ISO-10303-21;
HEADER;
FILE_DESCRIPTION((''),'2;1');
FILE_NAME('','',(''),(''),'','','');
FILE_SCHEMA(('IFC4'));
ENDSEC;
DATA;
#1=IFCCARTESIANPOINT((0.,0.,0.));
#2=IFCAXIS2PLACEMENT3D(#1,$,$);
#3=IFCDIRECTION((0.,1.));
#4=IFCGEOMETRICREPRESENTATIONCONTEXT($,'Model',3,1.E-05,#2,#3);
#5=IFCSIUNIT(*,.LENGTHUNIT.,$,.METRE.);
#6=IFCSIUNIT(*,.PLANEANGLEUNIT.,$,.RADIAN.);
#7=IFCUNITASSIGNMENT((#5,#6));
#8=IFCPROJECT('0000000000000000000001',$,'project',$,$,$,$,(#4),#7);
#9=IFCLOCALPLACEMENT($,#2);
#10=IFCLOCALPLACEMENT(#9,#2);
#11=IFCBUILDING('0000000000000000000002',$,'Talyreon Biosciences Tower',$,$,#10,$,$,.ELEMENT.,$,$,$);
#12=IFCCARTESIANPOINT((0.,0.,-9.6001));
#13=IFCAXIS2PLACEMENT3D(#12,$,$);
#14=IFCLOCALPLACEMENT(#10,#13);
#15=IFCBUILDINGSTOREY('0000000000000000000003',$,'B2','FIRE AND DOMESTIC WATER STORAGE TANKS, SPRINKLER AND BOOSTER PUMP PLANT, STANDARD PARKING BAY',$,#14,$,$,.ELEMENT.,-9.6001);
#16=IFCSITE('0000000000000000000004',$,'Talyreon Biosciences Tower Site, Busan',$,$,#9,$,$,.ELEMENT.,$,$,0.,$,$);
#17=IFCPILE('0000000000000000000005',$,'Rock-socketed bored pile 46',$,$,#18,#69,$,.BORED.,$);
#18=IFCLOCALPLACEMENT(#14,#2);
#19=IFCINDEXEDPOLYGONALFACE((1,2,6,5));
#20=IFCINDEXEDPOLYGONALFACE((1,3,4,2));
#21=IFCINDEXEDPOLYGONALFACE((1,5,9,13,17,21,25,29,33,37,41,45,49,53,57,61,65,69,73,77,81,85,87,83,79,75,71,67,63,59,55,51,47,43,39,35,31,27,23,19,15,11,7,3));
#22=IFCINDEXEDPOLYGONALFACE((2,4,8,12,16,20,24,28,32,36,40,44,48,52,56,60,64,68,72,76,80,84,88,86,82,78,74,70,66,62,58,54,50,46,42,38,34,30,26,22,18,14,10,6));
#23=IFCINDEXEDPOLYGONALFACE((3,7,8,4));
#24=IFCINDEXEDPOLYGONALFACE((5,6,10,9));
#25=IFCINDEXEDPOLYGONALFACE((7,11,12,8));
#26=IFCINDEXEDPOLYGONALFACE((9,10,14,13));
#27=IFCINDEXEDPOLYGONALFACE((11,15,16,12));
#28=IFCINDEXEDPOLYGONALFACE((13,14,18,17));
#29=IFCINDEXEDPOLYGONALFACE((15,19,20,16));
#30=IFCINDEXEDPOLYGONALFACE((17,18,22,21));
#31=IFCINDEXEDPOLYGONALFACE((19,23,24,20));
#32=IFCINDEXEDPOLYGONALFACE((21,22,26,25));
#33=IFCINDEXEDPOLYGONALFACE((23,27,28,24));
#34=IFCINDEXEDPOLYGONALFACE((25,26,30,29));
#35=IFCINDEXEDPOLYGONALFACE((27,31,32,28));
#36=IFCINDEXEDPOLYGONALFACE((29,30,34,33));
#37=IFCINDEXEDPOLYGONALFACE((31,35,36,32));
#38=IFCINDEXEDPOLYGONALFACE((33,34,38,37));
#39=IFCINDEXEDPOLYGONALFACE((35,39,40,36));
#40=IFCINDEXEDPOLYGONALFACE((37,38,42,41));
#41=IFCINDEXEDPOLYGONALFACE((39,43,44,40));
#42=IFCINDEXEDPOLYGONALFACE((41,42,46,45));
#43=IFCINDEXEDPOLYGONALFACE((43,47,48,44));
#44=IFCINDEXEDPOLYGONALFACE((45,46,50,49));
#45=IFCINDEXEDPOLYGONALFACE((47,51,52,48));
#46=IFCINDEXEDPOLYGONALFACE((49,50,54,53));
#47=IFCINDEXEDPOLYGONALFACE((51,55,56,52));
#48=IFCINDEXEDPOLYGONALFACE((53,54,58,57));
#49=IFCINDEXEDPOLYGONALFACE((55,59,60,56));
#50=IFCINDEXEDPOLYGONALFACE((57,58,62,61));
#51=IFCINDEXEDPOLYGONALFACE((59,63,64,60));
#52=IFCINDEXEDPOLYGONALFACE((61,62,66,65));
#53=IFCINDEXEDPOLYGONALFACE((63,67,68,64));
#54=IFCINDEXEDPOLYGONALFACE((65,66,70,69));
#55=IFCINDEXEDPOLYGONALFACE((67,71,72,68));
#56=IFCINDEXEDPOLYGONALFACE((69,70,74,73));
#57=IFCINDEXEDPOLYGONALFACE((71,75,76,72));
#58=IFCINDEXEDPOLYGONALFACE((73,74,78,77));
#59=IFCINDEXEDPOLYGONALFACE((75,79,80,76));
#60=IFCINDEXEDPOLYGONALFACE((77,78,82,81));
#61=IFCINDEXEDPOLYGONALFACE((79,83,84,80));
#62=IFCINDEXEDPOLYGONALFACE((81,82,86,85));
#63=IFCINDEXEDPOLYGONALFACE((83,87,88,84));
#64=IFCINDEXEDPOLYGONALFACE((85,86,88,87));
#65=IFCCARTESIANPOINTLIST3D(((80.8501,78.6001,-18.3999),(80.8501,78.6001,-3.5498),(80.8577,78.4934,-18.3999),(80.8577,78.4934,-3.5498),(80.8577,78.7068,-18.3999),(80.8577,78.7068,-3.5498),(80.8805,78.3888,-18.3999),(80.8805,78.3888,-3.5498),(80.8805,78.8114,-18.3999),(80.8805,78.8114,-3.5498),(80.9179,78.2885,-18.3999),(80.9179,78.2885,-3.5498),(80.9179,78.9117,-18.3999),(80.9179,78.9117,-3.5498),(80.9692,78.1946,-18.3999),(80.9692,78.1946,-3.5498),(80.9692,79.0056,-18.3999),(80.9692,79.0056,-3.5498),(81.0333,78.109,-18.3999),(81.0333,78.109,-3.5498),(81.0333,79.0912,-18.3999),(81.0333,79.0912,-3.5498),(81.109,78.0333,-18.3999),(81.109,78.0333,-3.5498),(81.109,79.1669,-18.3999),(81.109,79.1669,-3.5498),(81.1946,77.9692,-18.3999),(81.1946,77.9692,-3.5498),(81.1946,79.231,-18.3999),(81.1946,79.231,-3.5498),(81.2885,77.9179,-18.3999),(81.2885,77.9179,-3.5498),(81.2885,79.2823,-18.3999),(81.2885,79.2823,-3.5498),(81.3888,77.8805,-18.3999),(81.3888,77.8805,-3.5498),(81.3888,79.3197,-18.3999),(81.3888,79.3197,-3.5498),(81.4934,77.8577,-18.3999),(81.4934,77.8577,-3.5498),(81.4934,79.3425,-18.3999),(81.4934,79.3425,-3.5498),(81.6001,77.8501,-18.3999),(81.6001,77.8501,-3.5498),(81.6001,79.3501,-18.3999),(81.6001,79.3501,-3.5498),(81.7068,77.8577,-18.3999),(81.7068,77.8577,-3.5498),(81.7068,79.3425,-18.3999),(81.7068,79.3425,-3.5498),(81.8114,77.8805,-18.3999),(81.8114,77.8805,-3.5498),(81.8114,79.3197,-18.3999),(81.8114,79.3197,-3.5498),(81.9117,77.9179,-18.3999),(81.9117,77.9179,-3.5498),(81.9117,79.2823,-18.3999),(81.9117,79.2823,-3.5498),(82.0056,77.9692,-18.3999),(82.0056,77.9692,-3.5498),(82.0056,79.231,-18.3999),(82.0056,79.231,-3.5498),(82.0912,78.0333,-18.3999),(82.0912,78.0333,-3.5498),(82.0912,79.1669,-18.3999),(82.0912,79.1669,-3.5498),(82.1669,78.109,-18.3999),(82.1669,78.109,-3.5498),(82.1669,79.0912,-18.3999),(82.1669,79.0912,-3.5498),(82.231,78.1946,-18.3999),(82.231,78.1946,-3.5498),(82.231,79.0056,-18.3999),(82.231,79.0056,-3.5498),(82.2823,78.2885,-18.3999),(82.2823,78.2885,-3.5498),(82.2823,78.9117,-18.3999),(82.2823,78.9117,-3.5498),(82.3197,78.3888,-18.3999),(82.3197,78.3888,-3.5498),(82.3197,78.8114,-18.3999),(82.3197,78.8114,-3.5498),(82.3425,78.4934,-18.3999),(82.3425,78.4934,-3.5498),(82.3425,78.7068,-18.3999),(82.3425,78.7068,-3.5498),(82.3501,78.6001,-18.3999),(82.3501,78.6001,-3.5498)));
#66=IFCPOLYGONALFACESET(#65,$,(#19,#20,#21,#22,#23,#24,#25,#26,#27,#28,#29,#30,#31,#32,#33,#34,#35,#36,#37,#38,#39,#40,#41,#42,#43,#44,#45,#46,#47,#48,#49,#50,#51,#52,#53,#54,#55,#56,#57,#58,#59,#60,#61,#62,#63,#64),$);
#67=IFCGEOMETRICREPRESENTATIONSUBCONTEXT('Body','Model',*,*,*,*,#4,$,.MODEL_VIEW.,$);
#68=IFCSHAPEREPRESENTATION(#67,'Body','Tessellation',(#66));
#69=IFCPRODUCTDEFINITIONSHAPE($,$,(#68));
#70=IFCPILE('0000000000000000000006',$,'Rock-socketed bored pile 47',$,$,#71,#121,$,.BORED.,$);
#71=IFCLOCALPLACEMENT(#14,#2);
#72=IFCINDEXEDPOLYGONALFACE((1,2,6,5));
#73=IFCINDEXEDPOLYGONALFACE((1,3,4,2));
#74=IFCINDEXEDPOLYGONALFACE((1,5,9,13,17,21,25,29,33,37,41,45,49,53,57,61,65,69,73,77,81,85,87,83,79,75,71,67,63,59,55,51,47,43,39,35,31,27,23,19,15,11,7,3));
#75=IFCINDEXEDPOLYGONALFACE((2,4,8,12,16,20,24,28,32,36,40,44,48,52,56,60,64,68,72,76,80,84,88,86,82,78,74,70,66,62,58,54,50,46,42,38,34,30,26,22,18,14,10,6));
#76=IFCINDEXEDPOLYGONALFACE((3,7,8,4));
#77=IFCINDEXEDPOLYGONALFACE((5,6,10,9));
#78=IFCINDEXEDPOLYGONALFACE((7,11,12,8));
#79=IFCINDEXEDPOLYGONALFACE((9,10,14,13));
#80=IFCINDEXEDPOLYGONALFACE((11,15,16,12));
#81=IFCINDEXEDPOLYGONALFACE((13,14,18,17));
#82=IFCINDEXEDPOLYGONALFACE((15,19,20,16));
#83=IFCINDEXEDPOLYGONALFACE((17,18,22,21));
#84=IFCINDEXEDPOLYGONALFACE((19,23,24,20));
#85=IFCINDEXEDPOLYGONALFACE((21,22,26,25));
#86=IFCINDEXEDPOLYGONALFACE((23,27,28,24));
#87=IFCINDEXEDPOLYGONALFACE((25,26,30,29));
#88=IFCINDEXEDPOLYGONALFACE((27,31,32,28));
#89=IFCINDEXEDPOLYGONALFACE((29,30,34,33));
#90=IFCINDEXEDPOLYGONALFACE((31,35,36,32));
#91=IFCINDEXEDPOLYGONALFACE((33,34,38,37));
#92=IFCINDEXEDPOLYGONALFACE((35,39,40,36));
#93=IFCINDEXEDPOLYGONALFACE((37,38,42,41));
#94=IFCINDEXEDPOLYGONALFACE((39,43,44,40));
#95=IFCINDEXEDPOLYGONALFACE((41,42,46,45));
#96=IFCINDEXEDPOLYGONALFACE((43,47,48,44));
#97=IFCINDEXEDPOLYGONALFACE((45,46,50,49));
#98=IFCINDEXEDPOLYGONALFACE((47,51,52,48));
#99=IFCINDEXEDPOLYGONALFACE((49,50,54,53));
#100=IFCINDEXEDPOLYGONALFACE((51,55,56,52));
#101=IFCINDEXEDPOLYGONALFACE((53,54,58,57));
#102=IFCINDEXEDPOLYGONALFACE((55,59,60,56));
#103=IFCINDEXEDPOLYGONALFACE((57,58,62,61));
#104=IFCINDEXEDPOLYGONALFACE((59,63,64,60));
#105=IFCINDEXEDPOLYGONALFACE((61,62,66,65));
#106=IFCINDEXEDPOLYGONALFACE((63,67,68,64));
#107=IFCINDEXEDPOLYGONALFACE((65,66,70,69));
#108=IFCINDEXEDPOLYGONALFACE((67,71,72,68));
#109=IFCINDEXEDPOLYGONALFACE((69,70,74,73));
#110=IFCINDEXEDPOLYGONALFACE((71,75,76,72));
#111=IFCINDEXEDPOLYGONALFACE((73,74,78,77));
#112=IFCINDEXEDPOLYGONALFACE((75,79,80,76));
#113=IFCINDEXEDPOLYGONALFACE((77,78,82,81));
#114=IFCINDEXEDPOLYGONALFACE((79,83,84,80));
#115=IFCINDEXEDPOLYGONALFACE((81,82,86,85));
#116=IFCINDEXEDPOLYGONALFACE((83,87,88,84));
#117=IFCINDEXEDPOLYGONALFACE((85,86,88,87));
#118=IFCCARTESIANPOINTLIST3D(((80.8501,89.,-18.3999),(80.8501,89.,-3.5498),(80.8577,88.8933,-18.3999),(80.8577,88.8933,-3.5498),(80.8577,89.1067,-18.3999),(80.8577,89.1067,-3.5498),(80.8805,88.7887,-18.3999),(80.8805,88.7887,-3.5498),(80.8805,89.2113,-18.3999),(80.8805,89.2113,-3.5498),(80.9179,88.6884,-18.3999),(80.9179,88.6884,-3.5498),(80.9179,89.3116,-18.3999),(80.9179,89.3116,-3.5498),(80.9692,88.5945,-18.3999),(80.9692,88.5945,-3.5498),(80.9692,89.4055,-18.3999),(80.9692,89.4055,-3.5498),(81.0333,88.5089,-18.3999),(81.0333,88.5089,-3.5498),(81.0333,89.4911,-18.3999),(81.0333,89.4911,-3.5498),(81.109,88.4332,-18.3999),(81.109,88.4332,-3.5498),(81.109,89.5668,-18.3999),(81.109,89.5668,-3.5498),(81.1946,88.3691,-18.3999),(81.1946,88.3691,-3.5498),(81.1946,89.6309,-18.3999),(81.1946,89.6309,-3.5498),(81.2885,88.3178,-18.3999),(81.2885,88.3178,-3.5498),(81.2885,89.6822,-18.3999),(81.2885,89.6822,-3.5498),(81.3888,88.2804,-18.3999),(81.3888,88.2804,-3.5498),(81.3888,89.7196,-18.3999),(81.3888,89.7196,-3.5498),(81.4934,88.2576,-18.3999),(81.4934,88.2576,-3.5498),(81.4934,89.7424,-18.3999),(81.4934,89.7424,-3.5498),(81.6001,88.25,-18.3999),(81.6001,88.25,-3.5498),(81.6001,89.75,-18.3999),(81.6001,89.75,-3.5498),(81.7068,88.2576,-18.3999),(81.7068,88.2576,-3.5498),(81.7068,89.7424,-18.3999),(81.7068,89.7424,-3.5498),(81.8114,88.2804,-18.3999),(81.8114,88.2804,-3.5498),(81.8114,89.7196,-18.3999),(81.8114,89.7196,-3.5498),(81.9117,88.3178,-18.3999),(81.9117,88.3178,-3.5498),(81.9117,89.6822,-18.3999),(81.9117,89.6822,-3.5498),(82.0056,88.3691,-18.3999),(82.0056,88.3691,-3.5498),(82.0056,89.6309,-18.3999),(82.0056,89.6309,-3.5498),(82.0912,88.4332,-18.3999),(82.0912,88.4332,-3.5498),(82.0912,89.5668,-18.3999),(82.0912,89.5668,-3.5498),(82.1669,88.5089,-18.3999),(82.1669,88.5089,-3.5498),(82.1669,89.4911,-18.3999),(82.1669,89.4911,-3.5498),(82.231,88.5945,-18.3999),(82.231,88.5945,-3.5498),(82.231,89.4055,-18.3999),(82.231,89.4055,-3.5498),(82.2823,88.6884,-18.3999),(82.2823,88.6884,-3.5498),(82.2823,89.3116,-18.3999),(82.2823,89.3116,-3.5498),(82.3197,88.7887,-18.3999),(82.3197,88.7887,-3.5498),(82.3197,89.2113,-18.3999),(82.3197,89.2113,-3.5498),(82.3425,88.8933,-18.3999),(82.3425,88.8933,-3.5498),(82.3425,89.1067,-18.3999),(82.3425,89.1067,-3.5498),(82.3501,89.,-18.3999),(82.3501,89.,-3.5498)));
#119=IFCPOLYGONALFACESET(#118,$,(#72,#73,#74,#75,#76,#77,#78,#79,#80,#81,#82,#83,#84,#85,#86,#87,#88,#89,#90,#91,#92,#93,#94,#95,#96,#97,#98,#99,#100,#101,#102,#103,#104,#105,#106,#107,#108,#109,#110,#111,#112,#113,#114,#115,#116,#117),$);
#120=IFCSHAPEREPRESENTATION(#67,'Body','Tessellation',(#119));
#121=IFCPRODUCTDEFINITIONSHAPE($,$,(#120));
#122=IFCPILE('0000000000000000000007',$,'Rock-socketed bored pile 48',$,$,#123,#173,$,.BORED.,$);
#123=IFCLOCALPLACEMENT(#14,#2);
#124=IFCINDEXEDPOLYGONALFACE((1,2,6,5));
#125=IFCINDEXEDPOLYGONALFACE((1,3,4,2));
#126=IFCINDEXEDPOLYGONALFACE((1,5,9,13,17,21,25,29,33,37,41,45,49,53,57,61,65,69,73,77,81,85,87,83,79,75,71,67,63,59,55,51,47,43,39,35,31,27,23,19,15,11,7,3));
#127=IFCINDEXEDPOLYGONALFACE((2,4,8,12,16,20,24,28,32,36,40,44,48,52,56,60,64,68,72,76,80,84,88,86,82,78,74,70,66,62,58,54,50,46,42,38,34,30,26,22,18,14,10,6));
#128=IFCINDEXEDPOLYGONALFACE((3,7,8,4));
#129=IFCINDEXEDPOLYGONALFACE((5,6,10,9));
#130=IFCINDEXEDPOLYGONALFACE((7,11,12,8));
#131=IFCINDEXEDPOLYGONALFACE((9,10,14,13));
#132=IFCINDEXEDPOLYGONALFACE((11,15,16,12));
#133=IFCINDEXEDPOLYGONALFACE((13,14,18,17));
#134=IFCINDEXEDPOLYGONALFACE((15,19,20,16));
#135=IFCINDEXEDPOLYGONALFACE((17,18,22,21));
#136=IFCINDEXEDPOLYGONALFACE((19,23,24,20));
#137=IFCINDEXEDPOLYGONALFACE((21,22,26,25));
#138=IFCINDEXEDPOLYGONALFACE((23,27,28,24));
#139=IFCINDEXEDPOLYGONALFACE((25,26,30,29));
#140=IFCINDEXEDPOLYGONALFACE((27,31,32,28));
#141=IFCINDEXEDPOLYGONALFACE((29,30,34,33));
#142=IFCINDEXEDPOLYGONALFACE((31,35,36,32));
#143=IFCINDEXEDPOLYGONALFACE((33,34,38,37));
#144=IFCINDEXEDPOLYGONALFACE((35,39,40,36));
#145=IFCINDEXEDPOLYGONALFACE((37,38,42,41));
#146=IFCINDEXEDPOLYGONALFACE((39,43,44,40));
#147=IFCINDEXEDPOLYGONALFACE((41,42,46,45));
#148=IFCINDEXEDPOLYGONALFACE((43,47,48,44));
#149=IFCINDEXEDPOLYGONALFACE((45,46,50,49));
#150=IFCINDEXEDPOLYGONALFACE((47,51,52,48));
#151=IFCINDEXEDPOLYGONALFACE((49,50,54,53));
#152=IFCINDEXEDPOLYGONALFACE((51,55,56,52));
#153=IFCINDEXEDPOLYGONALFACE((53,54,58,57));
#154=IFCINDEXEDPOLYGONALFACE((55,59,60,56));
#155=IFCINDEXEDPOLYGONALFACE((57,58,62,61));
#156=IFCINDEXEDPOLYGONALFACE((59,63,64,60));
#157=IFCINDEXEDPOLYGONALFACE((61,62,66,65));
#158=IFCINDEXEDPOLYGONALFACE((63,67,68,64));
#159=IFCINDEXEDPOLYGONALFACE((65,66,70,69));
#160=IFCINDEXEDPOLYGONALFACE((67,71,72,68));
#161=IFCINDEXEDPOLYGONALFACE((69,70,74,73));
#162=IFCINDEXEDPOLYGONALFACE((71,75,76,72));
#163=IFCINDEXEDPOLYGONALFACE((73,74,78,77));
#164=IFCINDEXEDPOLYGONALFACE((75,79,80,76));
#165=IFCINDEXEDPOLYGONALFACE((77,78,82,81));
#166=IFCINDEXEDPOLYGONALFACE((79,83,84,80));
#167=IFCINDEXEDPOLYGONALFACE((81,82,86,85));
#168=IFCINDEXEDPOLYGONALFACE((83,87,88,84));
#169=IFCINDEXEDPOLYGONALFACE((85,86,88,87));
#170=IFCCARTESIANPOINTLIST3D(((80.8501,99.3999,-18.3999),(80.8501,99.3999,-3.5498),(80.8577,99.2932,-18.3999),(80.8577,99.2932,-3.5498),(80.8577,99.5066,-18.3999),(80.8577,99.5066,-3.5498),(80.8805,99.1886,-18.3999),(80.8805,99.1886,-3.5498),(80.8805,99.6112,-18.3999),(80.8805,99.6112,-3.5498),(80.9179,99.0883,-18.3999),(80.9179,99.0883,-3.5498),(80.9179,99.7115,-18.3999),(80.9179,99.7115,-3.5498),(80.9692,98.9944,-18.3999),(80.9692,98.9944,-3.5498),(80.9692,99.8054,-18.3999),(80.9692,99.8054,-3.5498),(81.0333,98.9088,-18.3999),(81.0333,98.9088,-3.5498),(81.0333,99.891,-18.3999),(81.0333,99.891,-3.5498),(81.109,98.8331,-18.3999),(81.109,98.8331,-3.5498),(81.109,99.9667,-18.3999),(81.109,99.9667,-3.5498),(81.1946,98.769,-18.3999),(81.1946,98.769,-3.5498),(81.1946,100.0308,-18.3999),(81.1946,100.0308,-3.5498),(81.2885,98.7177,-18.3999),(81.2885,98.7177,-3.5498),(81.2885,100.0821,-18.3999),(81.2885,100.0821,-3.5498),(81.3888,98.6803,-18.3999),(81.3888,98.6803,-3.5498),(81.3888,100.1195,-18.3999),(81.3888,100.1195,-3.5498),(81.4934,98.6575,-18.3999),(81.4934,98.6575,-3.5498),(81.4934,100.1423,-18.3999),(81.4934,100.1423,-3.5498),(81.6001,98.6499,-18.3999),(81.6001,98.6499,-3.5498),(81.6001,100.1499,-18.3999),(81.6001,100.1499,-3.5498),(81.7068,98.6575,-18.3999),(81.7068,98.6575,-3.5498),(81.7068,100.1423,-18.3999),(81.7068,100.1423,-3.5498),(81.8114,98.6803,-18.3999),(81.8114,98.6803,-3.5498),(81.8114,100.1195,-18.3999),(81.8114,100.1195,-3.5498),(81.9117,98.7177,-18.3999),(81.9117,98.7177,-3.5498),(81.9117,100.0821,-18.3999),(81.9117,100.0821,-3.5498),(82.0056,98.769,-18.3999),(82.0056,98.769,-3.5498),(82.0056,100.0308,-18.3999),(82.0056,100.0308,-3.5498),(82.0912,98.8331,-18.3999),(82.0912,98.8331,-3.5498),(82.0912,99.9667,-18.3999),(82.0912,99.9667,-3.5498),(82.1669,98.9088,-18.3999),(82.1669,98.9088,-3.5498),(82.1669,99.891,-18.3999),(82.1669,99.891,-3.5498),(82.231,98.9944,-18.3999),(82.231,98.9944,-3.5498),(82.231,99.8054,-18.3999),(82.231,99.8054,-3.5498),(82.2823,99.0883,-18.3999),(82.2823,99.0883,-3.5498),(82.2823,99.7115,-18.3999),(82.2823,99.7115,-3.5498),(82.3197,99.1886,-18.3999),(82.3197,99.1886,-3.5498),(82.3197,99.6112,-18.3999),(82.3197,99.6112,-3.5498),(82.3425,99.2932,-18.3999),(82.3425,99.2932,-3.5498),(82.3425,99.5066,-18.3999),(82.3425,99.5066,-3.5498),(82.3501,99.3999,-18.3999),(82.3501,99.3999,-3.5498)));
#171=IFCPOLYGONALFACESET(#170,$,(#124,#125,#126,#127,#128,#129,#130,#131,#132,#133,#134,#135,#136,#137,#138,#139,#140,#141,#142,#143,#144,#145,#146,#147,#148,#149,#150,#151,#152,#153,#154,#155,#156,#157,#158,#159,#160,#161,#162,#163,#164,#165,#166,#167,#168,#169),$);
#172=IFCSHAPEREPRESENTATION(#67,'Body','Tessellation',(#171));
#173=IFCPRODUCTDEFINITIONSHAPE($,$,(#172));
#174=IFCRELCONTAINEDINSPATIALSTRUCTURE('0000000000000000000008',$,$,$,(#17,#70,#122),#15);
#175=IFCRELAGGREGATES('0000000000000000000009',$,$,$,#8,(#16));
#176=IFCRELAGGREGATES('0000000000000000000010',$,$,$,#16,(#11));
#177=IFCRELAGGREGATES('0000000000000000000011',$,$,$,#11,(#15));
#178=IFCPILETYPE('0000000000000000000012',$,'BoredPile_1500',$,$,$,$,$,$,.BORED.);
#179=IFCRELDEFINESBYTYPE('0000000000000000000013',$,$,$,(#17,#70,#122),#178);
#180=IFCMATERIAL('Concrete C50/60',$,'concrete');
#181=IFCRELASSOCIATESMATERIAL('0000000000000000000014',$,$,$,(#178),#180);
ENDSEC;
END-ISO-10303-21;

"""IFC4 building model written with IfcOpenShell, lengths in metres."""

from ifc_helpers import new_model, si_unit, direction, frame, origin, origin_2d, place, context, subcontext, project, spatial, circle, extrude, material, material_profile, profile_set, type_object, element, save


model = new_model("IFC4")

# Units and contexts
model_context = context("Model", 3, precision=1e-05, world=origin(), true_north=direction((0.0, 1.0)))
body_context = subcontext(model_context, "Body", "Model", "MODEL_VIEW")
ifc_project = project(units=[si_unit("LENGTHUNIT", "METRE"), si_unit("PLANEANGLEUNIT", "RADIAN")], contexts=[model_context])

# Site, building, storey
site_placement = place(None, origin())
site = spatial("IfcSite", under=ifc_project, at=site_placement, Name="Talyreon Biosciences Tower Site, Busan", CompositionType="ELEMENT", RefElevation=0.0)
building_placement = place(site_placement, origin())
building = spatial("IfcBuilding", under=site, at=building_placement, Name="Talyreon Biosciences Tower", CompositionType="ELEMENT")
storey_placement = place(building_placement, frame((0.0, 0.0, -9.6001)))
storey = spatial("IfcBuildingStorey", under=building, at=storey_placement, Name="B2", Description="FIRE AND DOMESTIC WATER STORAGE TANKS, SPRINKLER AND BOOSTER PUMP PLANT, STANDARD PARKING BAY", CompositionType="ELEMENT", Elevation=-9.6001)

# Piles
ifc_material_1 = material(Name="Concrete C50/60", Category="concrete")
ifc_material_profile_1 = material_profile(ifc_material_1, circle(Radius=0.75, at=origin_2d()), Name="PILE D1500")
ifc_profile_set_1 = profile_set([ifc_material_profile_1], Name="Concrete C50/60")
pile_type_1 = type_object("IfcPileType", Name="BoredPile_1500", PredefinedType="BORED", material=ifc_profile_set_1)
for number, where, z_axis, x_axis, name in (
    (1, (81.6001, 78.6001, -3.5498), (0.0, 0.0, -1.0), (1.0, 0.0, 0.0), "Rock-socketed bored pile 46"),
    (2, (81.6001, 89.0, -3.5498), (0.0, 0.0, -1.0), (1.0, 0.0, 0.0), "Rock-socketed bored pile 47"),
    (3, (81.6001, 99.3999, -3.5498), (0.0, 0.0, -1.0), (1.0, 0.0, 0.0), "Rock-socketed bored pile 48"),
):
    element("IfcPile", number, at=place(storey_placement, frame(where, z_axis=z_axis, x_axis=x_axis)), inside=storey, type_object=pile_type_1, Name=name, PredefinedType="BORED", context=body_context, shape_type="SweptSolid", body=[
        extrude(circle(Radius=0.75, at=origin_2d()), origin(), (0.0, 0.0, 1.0), 14.8501),
    ])

save(model, "model.ifc")
